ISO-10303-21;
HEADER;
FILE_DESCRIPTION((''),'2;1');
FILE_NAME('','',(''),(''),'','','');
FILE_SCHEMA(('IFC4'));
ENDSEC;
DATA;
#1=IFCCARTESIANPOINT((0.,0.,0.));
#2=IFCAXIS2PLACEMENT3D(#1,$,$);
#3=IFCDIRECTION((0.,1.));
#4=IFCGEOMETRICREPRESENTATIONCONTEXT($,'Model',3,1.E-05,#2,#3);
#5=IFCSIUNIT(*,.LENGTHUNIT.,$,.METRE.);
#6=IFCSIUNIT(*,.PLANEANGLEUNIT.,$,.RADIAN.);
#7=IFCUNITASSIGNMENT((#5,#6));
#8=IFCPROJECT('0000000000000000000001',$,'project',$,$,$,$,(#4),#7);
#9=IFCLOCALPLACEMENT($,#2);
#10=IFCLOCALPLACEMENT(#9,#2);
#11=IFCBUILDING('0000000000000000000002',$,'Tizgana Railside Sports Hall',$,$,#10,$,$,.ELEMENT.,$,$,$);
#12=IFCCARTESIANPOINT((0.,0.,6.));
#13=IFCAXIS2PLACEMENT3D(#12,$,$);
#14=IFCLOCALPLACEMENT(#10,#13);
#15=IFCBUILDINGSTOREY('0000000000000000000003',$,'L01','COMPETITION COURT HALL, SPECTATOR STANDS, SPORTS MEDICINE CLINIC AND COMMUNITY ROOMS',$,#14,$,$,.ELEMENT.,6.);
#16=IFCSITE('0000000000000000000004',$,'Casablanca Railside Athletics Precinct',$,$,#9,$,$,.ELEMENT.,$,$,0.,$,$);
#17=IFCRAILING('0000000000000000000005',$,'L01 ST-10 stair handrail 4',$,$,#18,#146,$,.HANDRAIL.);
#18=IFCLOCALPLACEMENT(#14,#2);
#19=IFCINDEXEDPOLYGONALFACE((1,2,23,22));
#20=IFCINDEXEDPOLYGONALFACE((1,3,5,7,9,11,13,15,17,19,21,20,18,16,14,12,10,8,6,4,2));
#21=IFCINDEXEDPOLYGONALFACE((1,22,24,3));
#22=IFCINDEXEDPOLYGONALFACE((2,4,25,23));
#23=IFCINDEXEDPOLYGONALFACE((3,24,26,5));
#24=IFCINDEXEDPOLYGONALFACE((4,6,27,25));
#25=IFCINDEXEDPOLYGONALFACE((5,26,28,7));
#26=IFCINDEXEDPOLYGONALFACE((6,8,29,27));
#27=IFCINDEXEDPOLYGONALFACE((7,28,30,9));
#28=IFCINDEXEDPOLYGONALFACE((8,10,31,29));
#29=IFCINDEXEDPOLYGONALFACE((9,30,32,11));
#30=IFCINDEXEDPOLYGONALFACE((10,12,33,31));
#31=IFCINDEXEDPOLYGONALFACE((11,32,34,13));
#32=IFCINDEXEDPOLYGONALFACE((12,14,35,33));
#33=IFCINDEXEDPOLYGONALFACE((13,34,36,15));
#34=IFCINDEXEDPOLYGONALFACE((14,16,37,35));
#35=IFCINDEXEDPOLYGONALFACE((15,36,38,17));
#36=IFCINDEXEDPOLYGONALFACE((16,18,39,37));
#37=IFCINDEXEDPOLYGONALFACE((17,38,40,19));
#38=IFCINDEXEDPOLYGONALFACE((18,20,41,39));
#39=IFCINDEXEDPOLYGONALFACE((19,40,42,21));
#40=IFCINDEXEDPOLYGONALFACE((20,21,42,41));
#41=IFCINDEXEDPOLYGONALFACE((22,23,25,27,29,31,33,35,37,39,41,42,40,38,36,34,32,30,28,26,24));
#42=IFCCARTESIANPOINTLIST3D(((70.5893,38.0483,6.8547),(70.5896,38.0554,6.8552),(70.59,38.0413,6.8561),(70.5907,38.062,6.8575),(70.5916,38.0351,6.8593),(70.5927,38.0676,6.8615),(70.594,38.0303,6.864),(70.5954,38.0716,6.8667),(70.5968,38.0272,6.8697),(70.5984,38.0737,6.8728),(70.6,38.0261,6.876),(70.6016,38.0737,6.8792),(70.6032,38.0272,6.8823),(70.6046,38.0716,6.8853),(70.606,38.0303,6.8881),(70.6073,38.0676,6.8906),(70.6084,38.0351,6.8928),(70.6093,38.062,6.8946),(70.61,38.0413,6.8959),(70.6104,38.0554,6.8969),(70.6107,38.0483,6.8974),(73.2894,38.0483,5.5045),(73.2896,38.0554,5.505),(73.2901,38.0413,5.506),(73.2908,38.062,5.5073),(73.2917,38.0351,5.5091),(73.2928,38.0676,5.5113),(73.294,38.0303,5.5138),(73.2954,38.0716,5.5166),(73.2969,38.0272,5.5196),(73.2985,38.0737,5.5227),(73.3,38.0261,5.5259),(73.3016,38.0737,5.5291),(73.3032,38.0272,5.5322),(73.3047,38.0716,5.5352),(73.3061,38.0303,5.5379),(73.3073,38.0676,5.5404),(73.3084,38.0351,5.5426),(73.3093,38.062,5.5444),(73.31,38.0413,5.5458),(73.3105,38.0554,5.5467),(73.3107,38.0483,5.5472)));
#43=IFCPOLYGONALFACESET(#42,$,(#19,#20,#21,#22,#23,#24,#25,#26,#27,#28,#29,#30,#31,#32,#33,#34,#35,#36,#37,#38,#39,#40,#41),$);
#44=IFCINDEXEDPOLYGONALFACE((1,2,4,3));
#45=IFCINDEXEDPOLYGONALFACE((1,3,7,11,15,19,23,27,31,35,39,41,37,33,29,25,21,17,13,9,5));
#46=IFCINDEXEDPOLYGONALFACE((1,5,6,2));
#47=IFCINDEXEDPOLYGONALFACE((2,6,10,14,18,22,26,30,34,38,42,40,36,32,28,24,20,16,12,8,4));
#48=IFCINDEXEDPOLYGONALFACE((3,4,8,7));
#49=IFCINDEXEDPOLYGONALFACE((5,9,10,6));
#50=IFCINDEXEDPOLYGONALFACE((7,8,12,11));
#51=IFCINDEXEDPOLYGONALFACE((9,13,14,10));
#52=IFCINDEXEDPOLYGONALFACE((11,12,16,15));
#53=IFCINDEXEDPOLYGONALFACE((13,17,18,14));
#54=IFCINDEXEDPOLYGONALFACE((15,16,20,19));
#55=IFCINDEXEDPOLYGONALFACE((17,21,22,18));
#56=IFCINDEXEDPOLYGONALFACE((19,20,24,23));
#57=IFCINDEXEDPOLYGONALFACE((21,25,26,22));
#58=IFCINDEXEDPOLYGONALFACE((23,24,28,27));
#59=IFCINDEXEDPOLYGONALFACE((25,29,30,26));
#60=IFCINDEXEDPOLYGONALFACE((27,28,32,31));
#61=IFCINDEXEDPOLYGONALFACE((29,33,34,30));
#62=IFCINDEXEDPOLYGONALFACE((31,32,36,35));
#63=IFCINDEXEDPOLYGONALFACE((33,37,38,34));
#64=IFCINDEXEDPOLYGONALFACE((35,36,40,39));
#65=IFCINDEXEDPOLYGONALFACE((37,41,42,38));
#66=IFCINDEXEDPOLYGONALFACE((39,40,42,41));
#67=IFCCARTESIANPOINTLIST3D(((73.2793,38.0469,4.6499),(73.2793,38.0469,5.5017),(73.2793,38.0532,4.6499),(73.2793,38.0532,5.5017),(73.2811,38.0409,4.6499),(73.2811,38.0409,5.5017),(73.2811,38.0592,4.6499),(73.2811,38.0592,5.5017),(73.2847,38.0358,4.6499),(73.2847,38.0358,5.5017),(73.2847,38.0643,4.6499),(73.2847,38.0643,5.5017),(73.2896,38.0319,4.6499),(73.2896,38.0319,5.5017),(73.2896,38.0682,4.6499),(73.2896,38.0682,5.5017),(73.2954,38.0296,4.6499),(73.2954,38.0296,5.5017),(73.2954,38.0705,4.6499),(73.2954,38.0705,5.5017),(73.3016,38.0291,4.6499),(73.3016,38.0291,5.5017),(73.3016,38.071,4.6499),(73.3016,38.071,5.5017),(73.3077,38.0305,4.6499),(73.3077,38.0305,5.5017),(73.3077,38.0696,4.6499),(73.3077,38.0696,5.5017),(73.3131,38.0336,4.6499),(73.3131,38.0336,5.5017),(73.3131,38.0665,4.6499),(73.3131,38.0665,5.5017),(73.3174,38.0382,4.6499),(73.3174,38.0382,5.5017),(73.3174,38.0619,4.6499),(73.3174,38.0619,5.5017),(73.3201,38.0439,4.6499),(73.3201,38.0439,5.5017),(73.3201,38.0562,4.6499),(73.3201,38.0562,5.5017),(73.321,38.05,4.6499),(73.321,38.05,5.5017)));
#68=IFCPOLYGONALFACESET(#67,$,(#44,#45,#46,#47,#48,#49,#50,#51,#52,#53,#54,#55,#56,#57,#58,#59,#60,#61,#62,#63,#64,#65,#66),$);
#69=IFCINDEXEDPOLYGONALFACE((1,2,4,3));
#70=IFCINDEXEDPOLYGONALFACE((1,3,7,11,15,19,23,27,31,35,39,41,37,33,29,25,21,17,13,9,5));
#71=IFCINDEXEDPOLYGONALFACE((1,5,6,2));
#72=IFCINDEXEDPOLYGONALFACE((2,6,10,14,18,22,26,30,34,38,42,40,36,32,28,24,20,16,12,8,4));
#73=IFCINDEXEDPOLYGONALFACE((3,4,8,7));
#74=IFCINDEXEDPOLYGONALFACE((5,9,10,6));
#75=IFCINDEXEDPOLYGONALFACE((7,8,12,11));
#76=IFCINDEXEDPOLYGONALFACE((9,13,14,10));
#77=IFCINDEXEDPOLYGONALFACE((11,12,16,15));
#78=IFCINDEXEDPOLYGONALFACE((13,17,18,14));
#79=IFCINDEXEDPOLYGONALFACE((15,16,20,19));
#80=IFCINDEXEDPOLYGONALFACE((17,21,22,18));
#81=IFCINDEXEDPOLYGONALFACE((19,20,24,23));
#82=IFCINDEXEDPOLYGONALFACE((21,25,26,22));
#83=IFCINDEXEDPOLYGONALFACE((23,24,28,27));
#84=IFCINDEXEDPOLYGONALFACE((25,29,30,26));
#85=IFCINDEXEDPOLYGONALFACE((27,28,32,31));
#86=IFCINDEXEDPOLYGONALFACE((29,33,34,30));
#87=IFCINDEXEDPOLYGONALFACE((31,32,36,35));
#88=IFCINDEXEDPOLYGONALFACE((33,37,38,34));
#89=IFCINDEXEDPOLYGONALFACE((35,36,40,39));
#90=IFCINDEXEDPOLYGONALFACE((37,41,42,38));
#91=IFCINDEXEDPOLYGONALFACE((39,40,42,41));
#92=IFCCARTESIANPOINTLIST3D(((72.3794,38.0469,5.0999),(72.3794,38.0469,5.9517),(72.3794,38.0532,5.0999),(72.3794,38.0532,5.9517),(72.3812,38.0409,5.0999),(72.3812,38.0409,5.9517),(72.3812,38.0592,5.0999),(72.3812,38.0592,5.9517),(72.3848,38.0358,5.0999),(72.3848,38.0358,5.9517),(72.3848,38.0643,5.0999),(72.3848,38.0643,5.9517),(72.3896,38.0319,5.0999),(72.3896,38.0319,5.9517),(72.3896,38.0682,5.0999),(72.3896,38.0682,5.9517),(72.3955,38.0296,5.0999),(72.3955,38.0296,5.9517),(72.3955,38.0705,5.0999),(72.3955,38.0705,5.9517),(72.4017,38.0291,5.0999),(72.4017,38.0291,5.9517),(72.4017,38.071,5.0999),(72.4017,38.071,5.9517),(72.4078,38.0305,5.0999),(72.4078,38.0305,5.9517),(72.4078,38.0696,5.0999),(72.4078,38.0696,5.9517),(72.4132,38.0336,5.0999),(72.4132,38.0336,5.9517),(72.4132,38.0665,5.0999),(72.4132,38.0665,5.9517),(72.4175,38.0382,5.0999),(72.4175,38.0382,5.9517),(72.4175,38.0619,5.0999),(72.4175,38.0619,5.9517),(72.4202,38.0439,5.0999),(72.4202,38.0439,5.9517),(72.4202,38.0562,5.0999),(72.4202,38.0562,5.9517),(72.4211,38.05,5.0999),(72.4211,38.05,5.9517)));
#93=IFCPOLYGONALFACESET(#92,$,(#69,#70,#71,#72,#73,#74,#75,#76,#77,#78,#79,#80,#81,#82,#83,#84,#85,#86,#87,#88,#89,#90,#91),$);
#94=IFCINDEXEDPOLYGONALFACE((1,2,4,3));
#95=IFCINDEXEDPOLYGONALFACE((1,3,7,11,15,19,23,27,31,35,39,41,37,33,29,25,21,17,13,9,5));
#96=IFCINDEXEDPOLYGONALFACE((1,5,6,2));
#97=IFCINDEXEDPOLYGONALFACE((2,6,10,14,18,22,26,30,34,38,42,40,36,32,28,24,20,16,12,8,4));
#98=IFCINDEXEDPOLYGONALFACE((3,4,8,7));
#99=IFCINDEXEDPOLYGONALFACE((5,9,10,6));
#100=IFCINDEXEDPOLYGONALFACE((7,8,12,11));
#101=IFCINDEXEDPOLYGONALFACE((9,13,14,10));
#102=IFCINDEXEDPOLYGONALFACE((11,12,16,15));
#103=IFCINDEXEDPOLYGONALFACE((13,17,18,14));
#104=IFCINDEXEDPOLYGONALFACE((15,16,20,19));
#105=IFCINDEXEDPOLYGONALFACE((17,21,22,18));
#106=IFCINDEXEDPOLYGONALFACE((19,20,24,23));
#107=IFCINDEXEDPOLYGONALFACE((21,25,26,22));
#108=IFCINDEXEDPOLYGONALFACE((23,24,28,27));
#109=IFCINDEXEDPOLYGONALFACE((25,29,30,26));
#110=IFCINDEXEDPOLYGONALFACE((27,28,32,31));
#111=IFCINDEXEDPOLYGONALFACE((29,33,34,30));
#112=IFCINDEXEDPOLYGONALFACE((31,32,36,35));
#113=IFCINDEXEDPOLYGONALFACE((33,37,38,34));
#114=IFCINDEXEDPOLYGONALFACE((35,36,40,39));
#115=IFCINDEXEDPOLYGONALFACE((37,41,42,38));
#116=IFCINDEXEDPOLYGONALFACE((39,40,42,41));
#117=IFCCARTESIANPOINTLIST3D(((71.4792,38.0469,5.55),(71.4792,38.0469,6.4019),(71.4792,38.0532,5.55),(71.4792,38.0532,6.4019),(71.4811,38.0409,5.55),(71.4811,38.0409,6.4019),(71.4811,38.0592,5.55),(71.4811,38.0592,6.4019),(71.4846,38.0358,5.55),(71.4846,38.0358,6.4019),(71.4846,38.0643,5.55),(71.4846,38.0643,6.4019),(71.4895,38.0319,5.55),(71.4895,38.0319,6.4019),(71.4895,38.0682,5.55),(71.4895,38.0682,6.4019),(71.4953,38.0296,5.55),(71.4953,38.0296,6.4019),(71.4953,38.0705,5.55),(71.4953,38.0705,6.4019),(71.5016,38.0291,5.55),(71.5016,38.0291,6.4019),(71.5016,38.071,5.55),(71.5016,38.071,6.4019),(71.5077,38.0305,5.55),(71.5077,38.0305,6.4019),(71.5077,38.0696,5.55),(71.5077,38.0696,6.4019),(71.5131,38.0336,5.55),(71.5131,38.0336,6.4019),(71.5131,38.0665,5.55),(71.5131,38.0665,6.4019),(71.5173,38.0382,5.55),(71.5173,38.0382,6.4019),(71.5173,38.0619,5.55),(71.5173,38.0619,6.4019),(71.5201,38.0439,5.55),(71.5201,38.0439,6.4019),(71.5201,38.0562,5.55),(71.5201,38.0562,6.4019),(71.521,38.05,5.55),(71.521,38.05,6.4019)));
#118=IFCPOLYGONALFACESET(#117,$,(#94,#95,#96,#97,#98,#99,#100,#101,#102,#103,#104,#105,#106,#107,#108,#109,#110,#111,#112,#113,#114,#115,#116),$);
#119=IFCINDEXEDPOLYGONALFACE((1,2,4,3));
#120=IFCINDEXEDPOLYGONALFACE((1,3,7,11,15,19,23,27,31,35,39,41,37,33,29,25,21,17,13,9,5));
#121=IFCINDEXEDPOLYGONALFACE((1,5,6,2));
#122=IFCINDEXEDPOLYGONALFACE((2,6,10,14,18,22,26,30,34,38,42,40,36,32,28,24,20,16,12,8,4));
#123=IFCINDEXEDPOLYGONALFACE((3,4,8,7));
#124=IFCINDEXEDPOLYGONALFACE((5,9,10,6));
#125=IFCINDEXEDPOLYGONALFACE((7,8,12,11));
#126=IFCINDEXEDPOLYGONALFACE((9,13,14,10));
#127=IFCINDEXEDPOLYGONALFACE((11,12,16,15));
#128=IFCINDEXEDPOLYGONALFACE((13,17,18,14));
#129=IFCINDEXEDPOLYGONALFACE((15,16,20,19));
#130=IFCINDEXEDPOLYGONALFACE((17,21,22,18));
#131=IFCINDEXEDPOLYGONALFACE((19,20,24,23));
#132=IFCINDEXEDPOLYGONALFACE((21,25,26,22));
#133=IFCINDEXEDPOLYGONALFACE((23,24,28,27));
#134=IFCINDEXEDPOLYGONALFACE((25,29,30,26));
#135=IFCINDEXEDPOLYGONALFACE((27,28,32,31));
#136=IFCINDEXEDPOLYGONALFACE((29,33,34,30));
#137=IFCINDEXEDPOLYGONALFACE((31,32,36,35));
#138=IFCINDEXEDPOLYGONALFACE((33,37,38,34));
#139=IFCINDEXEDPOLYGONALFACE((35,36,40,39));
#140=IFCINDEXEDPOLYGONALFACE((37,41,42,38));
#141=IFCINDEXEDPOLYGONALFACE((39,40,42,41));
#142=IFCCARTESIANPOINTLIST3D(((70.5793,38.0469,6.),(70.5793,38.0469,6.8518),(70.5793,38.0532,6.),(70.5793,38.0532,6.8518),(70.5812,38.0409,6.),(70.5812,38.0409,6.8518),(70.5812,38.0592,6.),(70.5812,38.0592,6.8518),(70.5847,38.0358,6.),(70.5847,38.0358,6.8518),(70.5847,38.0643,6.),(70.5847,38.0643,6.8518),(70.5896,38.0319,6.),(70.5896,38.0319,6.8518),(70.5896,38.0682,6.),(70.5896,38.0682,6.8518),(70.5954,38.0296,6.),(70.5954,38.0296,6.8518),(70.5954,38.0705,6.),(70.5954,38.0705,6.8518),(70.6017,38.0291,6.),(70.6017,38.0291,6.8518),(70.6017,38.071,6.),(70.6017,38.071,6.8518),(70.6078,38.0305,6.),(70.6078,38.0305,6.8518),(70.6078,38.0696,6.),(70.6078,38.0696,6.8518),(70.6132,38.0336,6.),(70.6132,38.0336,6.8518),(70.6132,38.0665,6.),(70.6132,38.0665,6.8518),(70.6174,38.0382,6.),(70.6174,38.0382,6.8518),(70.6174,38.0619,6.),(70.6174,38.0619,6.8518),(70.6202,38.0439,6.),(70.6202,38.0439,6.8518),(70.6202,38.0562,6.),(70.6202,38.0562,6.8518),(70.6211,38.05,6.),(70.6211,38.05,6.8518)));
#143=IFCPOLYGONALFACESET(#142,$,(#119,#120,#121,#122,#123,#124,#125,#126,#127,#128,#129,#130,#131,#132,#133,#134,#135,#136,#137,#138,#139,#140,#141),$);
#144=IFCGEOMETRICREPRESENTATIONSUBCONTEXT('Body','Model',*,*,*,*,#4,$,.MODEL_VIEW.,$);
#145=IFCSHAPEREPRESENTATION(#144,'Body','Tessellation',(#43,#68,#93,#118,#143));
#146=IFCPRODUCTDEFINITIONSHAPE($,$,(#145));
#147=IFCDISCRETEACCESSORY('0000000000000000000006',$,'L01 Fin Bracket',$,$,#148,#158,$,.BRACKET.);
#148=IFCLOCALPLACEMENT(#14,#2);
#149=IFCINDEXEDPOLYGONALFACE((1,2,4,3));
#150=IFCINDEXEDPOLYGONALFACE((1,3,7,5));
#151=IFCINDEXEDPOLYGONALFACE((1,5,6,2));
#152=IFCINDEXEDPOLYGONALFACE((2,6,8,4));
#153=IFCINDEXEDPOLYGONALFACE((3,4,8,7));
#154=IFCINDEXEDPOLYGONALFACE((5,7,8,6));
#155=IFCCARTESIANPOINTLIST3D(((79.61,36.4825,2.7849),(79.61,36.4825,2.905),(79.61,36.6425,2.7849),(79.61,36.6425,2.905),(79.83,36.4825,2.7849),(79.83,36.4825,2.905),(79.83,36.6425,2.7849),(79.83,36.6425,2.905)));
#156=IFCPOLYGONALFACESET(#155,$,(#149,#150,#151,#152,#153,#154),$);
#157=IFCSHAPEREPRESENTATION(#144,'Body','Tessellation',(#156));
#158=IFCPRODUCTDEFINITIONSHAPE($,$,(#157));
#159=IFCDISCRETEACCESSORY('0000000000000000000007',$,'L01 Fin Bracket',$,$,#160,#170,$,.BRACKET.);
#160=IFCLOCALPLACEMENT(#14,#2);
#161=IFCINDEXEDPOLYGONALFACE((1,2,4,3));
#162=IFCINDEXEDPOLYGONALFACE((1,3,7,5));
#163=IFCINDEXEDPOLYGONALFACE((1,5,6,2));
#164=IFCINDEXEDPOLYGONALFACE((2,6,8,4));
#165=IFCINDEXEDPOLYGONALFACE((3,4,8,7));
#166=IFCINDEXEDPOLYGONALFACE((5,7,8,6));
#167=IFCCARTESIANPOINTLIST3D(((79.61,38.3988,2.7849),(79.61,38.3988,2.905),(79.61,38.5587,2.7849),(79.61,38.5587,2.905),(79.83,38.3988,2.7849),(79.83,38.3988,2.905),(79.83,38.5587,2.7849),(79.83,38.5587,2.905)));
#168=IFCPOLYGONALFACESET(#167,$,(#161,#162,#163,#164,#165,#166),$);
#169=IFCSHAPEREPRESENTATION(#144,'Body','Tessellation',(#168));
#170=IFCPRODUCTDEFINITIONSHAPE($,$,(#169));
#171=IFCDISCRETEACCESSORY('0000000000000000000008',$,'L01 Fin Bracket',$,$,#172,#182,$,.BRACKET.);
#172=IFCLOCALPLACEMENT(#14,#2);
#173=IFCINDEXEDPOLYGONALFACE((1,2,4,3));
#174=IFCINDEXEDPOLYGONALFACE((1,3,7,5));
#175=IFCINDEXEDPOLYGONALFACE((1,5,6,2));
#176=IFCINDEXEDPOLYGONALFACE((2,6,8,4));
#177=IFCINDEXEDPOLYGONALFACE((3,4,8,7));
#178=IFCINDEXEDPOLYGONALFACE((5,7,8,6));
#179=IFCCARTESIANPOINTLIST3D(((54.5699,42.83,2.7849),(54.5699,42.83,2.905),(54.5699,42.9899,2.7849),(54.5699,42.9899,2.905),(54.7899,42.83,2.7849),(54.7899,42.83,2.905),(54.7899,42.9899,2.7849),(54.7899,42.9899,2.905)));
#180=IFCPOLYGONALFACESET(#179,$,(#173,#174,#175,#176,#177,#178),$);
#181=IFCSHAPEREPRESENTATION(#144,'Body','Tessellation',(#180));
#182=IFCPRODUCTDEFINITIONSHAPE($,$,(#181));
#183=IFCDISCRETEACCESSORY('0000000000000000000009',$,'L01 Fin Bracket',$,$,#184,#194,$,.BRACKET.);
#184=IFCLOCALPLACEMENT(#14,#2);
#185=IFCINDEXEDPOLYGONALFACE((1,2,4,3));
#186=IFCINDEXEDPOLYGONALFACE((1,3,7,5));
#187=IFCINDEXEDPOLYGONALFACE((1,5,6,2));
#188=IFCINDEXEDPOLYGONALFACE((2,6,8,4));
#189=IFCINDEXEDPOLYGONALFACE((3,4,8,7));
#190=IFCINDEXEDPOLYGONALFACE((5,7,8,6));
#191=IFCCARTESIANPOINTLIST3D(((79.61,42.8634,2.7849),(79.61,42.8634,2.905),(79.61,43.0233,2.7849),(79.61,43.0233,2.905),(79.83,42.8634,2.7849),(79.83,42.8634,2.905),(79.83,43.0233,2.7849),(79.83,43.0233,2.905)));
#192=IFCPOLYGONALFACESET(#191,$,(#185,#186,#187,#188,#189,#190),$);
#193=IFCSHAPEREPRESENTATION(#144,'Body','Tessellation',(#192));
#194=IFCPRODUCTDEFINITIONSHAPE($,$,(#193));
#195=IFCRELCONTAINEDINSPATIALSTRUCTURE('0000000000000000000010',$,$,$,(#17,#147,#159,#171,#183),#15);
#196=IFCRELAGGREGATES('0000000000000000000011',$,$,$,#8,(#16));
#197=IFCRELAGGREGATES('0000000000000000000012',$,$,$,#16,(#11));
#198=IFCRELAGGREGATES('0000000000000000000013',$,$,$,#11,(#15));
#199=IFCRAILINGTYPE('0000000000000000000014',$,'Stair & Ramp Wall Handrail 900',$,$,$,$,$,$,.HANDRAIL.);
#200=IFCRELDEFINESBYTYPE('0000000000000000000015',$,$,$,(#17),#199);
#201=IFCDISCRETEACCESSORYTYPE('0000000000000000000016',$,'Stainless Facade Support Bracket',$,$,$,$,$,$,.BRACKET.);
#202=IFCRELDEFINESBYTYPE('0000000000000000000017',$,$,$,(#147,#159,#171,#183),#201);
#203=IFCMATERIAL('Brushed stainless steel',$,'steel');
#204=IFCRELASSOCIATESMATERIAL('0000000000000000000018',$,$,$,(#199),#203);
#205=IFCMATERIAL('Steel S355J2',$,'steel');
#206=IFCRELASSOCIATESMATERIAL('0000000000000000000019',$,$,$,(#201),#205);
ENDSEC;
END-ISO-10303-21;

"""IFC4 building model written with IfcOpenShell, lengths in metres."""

from ifc_helpers import new_model, si_unit, direction, frame, origin, origin_2d, place, context, subcontext, project, spatial, rectangle, circle, extrude, material, type_object, element, save


model = new_model("IFC4")

# Units and contexts
model_context = context("Model", 3, precision=1e-05, world=origin(), true_north=direction((0.0, 1.0)))
body_context = subcontext(model_context, "Body", "Model", "MODEL_VIEW")
ifc_project = project(units=[si_unit("LENGTHUNIT", "METRE"), si_unit("PLANEANGLEUNIT", "RADIAN")], contexts=[model_context])

# Site, building, storey
site_placement = place(None, origin())
site = spatial("IfcSite", under=ifc_project, at=site_placement, Name="Casablanca Railside Athletics Precinct", CompositionType="ELEMENT", RefElevation=0.0)
building_placement = place(site_placement, origin())
building = spatial("IfcBuilding", under=site, at=building_placement, Name="Tizgana Railside Sports Hall", CompositionType="ELEMENT")
storey_placement = place(building_placement, frame((0.0, 0.0, 6.0)))
storey = spatial("IfcBuildingStorey", under=building, at=storey_placement, Name="L01", Description="COMPETITION COURT HALL, SPECTATOR STANDS, SPORTS MEDICINE CLINIC AND COMMUNITY ROOMS", CompositionType="ELEMENT", Elevation=6.0)

# Shared definitions
ifc_material_1 = material(Name="Steel S355J2", Category="steel")

# Railing
ifc_material_2 = material(Name="Brushed stainless steel", Category="steel")
railing_type_1 = type_object("IfcRailingType", Name="Stair & Ramp Wall Handrail 900", PredefinedType="HANDRAIL", material=ifc_material_2)
for number, where, name in (
    (1, (73.3, 38.05, 4.6499), "L01 ST-10 stair handrail 4"),
):
    element("IfcRailing", number, at=place(storey_placement, frame(where)), inside=storey, type_object=railing_type_1, Name=name, PredefinedType="HANDRAIL", context=body_context, shape_type="SweptSolid", body=[
        extrude(circle(Radius=0.0239, at=origin_2d()), frame((0.0, 0.0, 0.876), z_axis=(-0.894411, 0.0, 0.447246), x_axis=(0.0, -1.0, 0.0)), (0.0, 0.0, 1.0), 3.0188),
        extrude(circle(Radius=0.021, at=origin_2d()), origin(), (0.0, 0.0, 1.0), 0.8518),
        extrude(circle(Radius=0.021, at=origin_2d()), frame((-0.8999, 0.0, 0.45)), (0.0, 0.0, 1.0), 0.8518),
        extrude(circle(Radius=0.021, at=origin_2d()), frame((-1.8, 0.0, 0.9001)), (0.0, 0.0, 1.0), 0.8518),
        extrude(circle(Radius=0.021, at=origin_2d()), frame((-2.7, 0.0, 1.3501)), (0.0, 0.0, 1.0), 0.8518),
    ])

# Discrete accessories
discrete_accessory_type = type_object("IfcDiscreteAccessoryType", Name="Stainless Facade Support Bracket", PredefinedType="BRACKET", material=ifc_material_1)
for number, where, z_axis, x_axis, name in (
    (2, (79.72, 36.5625, 2.7849), (0.0, 0.0, 1.0), (0.0, 1.0, 0.0), "L01 Fin Bracket"),
    (3, (79.72, 38.4788, 2.7849), (0.0, 0.0, 1.0), (0.0, 1.0, 0.0), "L01 Fin Bracket"),
    (4, (54.6799, 42.9099, 2.7849), (0.0, 0.0, 1.0), (0.0, -1.0, 0.0), "L01 Fin Bracket"),
    (5, (79.72, 42.9434, 2.7849), (0.0, 0.0, 1.0), (0.0, 1.0, 0.0), "L01 Fin Bracket"),
):
    element("IfcDiscreteAccessory", number, at=place(storey_placement, frame(where, z_axis=z_axis, x_axis=x_axis)), inside=storey, type_object=discrete_accessory_type, Name=name, PredefinedType="BRACKET", context=body_context, shape_type="SweptSolid", body=[
        extrude(rectangle(XDim=0.1599, YDim=0.22, at=origin_2d()), origin(), (0.0, 0.0, 1.0), 0.1201),
    ])

save(model, "model.ifc")
